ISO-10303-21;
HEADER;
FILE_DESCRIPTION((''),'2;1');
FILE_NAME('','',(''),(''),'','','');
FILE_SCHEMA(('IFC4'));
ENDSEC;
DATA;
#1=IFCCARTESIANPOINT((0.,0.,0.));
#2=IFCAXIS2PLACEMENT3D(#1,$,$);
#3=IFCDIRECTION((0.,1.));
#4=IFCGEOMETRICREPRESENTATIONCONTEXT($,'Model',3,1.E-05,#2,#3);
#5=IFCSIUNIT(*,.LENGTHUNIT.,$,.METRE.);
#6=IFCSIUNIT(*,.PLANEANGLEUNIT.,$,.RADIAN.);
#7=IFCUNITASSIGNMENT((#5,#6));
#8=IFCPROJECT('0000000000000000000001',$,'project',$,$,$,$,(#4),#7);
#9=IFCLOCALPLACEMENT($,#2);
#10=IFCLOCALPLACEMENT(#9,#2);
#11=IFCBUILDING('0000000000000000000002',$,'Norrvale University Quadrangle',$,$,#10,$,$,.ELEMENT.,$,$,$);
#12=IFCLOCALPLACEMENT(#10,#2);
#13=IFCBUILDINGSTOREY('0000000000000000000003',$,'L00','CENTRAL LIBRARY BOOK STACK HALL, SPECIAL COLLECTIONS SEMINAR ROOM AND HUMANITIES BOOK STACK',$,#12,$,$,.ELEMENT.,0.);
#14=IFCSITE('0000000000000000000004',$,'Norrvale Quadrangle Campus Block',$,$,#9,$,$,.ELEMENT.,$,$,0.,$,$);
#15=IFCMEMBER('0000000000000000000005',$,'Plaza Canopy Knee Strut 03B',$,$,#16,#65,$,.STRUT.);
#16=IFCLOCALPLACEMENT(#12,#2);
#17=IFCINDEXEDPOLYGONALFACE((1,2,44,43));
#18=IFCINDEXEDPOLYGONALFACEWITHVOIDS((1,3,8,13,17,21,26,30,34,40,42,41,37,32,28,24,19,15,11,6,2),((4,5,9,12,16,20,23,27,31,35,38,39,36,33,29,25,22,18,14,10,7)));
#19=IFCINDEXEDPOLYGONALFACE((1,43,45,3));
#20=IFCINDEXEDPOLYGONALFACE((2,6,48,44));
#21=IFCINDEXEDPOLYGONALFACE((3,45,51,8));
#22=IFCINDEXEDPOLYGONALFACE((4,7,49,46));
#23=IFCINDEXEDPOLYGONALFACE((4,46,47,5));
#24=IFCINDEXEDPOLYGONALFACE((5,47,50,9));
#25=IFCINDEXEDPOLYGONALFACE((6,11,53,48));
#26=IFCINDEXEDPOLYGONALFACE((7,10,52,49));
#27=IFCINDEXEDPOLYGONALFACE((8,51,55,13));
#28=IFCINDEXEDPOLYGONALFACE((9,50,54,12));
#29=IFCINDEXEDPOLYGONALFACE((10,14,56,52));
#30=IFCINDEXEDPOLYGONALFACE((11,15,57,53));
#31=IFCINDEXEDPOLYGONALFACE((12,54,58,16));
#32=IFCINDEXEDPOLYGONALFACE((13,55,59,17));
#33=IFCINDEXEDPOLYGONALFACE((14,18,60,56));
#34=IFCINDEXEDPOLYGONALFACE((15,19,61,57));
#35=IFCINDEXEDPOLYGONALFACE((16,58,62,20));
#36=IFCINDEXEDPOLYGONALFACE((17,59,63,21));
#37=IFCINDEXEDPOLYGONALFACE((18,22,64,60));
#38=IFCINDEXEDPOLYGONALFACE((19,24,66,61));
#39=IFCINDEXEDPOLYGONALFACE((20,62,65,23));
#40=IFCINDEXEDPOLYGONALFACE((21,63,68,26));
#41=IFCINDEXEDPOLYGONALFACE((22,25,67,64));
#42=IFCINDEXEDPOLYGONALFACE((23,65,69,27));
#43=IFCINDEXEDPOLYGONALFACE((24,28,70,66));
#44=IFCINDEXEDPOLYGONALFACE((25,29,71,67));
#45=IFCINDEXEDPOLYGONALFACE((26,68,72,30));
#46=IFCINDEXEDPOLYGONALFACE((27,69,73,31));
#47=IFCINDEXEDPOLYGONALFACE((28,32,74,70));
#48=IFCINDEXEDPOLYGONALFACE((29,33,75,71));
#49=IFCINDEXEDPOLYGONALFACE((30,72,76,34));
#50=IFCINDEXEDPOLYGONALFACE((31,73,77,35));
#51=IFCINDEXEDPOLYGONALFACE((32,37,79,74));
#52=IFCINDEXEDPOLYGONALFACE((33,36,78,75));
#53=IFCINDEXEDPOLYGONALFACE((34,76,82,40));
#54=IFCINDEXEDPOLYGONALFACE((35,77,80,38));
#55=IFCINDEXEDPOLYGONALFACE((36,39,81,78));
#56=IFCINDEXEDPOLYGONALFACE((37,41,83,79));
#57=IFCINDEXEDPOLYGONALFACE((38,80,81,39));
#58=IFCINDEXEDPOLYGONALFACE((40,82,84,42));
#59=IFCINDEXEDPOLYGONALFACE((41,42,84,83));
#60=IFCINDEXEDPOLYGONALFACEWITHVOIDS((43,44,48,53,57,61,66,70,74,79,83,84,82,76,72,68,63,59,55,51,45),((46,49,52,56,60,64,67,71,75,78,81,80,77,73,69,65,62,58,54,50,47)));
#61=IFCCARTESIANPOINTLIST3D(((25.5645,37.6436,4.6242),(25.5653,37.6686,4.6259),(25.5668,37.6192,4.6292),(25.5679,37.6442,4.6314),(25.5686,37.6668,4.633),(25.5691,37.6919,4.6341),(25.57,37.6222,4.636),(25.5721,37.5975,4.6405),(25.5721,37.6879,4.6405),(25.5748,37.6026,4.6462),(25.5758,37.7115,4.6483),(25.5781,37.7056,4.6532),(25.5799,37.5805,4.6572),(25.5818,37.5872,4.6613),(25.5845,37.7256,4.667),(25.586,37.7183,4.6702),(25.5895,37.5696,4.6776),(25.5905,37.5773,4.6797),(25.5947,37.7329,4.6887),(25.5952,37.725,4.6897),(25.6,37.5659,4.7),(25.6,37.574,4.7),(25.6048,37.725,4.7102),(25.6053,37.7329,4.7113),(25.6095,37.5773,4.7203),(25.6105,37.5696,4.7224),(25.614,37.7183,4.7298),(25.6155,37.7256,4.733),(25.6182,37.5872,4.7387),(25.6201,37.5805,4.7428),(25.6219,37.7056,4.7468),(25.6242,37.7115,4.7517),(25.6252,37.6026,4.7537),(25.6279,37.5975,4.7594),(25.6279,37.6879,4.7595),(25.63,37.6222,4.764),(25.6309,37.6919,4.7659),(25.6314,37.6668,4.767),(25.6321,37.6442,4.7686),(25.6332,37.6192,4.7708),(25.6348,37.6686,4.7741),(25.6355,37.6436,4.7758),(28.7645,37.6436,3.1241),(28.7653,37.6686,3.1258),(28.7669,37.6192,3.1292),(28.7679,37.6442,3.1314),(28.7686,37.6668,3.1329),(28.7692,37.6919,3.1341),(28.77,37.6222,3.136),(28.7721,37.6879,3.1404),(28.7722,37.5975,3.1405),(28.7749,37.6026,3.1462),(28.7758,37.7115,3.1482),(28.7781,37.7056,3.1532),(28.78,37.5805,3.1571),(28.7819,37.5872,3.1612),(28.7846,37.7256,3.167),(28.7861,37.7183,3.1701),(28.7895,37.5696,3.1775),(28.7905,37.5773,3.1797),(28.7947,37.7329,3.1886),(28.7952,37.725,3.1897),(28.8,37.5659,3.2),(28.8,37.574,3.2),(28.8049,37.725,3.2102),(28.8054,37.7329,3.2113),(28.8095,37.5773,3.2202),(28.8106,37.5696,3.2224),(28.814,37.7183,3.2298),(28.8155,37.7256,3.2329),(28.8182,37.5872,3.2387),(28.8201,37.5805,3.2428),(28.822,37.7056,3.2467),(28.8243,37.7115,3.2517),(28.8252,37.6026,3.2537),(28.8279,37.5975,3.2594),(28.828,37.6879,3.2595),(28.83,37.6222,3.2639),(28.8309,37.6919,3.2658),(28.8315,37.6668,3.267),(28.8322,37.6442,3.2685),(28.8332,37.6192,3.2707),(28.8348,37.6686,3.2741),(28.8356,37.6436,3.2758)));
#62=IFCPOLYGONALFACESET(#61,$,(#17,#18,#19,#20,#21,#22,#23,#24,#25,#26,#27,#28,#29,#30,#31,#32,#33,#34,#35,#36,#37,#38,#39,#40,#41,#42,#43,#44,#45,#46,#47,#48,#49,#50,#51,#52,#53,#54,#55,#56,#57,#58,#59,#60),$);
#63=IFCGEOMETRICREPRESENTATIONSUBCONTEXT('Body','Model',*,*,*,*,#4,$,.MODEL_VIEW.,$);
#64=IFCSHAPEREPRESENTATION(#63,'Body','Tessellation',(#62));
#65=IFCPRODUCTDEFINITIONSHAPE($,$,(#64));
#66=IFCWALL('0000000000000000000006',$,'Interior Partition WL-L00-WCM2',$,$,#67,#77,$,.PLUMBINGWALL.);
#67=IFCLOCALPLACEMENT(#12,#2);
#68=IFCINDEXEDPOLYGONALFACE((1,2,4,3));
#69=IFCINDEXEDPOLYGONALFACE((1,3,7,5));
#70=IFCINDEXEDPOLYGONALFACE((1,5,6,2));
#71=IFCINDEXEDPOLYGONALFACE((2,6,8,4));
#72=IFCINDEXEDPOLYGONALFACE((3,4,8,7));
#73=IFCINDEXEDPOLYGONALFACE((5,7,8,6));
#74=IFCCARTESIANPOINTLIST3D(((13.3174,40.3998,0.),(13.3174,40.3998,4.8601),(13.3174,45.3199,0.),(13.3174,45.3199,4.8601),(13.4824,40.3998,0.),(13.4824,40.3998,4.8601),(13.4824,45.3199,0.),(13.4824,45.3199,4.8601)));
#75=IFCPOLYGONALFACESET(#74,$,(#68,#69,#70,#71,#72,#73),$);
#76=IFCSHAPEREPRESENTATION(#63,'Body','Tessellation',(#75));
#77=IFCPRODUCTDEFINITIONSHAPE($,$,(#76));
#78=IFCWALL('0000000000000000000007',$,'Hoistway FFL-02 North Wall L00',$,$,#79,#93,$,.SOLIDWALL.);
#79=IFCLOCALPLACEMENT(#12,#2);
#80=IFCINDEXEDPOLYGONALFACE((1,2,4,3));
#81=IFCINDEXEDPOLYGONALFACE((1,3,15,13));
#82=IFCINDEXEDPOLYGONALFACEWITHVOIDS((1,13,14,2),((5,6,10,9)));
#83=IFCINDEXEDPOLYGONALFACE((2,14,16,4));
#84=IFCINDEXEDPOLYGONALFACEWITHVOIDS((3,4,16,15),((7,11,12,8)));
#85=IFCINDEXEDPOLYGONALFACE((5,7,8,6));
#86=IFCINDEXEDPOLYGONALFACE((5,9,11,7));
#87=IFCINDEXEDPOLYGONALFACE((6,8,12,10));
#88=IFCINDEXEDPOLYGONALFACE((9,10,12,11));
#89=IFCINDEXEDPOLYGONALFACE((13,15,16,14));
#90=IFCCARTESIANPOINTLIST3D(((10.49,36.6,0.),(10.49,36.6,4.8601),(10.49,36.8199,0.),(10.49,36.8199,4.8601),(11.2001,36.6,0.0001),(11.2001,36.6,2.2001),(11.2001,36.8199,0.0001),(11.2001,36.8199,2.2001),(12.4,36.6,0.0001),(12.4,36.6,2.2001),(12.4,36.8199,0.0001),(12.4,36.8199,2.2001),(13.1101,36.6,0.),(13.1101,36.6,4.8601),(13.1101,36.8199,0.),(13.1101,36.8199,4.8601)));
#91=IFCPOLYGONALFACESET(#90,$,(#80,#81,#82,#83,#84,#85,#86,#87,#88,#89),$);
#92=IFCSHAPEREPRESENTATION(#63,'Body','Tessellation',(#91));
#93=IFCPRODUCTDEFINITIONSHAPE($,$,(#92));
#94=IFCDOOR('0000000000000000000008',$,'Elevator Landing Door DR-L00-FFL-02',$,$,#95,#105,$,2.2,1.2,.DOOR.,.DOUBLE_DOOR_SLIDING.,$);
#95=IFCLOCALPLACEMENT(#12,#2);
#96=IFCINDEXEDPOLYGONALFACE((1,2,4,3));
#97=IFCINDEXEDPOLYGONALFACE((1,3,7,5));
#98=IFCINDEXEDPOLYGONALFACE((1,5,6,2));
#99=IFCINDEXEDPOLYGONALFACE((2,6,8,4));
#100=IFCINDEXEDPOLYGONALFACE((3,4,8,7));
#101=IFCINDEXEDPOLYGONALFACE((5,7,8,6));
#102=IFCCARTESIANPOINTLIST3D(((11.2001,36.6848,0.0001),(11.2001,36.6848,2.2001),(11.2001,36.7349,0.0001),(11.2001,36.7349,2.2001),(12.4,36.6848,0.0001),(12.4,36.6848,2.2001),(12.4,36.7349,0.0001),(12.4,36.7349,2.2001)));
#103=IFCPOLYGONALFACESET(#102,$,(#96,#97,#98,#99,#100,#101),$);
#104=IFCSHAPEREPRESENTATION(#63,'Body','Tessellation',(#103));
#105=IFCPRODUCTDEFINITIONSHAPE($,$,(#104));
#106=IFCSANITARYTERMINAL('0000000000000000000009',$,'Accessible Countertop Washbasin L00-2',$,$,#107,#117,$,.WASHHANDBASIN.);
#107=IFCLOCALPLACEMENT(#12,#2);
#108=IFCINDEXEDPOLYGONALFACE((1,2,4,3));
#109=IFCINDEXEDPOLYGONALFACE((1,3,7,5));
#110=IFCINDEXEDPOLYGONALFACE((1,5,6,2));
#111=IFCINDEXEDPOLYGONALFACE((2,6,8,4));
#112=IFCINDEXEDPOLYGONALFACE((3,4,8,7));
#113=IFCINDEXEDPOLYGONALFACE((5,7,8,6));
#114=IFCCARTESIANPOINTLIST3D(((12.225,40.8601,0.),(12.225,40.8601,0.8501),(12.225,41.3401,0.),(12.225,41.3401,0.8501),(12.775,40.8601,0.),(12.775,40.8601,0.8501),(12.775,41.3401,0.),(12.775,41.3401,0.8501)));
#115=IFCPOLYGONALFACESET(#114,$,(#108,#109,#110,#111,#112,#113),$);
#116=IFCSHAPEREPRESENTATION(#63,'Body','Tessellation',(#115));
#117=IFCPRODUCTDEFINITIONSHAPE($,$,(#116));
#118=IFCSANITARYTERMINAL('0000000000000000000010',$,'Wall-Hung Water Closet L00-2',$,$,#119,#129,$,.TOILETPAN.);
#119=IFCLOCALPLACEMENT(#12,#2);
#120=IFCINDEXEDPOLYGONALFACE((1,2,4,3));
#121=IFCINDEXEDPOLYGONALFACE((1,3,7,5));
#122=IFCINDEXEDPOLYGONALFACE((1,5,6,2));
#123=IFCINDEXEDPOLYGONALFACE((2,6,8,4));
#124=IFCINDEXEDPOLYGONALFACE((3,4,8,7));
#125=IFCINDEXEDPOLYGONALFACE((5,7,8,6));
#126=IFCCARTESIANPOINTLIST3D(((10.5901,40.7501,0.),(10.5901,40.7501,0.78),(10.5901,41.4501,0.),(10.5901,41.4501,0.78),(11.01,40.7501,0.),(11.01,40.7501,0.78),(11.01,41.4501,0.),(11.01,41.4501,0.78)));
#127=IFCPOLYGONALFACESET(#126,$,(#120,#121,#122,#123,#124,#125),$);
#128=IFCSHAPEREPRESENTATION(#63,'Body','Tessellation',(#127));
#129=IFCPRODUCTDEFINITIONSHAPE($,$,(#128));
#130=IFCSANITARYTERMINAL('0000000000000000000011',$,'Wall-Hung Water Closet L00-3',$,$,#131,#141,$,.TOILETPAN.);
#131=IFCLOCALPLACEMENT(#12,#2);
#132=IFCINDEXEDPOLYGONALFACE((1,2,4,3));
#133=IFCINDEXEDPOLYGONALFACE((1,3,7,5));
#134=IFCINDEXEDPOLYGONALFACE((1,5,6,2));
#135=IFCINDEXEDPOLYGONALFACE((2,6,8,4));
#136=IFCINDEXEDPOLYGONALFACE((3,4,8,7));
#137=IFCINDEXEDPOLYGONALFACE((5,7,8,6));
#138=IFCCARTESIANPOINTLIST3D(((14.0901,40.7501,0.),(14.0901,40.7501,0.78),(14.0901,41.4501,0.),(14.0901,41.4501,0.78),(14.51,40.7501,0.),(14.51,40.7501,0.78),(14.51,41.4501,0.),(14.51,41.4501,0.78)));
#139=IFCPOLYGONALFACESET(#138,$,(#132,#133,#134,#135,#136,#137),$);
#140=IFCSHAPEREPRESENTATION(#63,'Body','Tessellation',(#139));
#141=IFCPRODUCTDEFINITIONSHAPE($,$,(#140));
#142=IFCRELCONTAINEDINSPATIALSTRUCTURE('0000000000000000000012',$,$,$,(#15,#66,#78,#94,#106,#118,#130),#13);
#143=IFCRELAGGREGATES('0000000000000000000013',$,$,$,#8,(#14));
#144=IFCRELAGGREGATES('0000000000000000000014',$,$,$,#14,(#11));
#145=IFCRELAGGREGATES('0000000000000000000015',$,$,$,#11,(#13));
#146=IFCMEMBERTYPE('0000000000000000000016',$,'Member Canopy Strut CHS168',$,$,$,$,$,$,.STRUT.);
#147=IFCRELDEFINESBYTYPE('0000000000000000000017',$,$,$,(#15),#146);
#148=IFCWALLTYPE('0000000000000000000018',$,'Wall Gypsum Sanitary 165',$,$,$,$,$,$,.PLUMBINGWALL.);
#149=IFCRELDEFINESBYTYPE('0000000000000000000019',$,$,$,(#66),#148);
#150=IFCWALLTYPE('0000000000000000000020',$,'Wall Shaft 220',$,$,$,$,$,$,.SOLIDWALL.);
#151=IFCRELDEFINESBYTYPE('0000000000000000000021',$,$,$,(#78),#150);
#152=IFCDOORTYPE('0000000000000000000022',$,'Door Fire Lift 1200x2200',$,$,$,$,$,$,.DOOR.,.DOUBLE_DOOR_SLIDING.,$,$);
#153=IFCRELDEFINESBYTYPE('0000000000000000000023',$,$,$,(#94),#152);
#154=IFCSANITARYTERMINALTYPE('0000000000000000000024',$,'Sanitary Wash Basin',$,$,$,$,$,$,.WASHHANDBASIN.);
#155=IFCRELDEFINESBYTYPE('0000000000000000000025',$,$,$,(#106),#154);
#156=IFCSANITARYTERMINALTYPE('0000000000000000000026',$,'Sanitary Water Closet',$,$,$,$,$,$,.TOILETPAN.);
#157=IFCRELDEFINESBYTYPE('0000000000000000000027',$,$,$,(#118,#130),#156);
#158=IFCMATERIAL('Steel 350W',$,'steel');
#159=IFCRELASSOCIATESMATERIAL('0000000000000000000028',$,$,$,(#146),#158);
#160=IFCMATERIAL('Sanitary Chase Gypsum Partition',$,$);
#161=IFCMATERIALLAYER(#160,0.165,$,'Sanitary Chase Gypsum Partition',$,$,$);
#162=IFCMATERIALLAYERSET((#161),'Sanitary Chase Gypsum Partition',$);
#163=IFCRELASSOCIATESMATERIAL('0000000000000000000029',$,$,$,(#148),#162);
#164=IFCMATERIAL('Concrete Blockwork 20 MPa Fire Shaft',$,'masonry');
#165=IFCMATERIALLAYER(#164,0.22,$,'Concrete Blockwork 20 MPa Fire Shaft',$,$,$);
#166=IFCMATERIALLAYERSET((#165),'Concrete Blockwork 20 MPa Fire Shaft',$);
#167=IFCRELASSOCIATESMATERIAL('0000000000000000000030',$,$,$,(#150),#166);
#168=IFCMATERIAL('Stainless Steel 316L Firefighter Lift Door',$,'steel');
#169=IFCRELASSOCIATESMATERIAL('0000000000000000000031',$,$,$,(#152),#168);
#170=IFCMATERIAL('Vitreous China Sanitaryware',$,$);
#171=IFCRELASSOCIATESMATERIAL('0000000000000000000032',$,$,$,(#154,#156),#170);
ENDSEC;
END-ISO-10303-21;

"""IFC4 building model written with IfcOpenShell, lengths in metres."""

from ifc_helpers import new_model, si_unit, direction, frame, frame_2d, origin, origin_2d, place, context, subcontext, project, spatial, rectangle, hollow_circle, extrude, material, layer, layer_set, material_profile, profile_set, type_object, element, fill, save


model = new_model("IFC4")

# Units and contexts
model_context = context("Model", 3, precision=1e-05, world=origin(), true_north=direction((0.0, 1.0)))
body_context = subcontext(model_context, "Body", "Model", "MODEL_VIEW")
ifc_project = project(units=[si_unit("LENGTHUNIT", "METRE"), si_unit("PLANEANGLEUNIT", "RADIAN")], contexts=[model_context])

# Site, building, storey
site_placement = place(None, origin())
site = spatial("IfcSite", under=ifc_project, at=site_placement, Name="Norrvale Quadrangle Campus Block", CompositionType="ELEMENT", RefElevation=0.0)
building_placement = place(site_placement, origin())
building = spatial("IfcBuilding", under=site, at=building_placement, Name="Norrvale University Quadrangle", CompositionType="ELEMENT")
storey_placement = place(building_placement, origin())
storey = spatial("IfcBuildingStorey", under=building, at=storey_placement, Name="L00", Description="CENTRAL LIBRARY BOOK STACK HALL, SPECIAL COLLECTIONS SEMINAR ROOM AND HUMANITIES BOOK STACK", CompositionType="ELEMENT", Elevation=0.0)

# Shared definitions
ifc_material_1 = material(Name="Steel 350W", Category="steel")

# Member
ifc_material_profile_1 = material_profile(ifc_material_1, hollow_circle(Radius=0.084, WallThickness=0.0081, at=origin_2d()), Name="Steel 350W")
ifc_profile_set_1 = profile_set([ifc_material_profile_1], Name="Steel 350W")
member_type_1 = type_object("IfcMemberType", Name="Member Canopy Strut CHS168", PredefinedType="STRUT", material=ifc_profile_set_1)
for number, where, z_axis, x_axis, name in (
    (1, (28.8, 37.6499, 3.2), (-0.905456, 0.0, 0.424439), (0.0, -1.0, 0.0), "Plaza Canopy Knee Strut 03B"),
):
    element("IfcMember", number, at=place(storey_placement, frame(where, z_axis=z_axis, x_axis=x_axis)), inside=storey, type_object=member_type_1, Name=name, PredefinedType="STRUT", context=body_context, shape_type="SweptSolid", body=[
        extrude(hollow_circle(Radius=0.084, WallThickness=0.0081, at=origin_2d()), origin(), (0.0, 0.0, 1.0), 3.5342),
    ])

# Wall
ifc_material_2 = material(Name="Sanitary Chase Gypsum Partition")
ifc_layer_1 = layer(ifc_material_2, 0.165, Name="Sanitary Chase Gypsum Partition")
ifc_layer_set_1 = layer_set([ifc_layer_1], Name="Sanitary Chase Gypsum Partition")
wall_type_1 = type_object("IfcWallType", Name="Wall Gypsum Sanitary 165", PredefinedType="PLUMBINGWALL", material=ifc_layer_set_1)
wall_1_placement = place(storey_placement, frame((13.3999, 40.3999, 0.0), z_axis=(0.0, 0.0, 1.0), x_axis=(0.0, 1.0, 0.0)))
element("IfcWall", 2, at=wall_1_placement, inside=storey, type_object=wall_type_1, Name="Interior Partition WL-L00-WCM2", PredefinedType="PLUMBINGWALL", context=body_context, shape_type="SweptSolid", body=[
    extrude(rectangle(XDim=4.9202, YDim=0.165, at=frame_2d((2.46, 0.0))), origin(), (0.0, 0.0, 1.0), 4.8601),
])

# Wall, opening, door
ifc_material_3 = material(Name="Concrete Blockwork 20 MPa Fire Shaft", Category="masonry")
ifc_layer_2 = layer(ifc_material_3, 0.22, Name="Concrete Blockwork 20 MPa Fire Shaft")
ifc_layer_set_2 = layer_set([ifc_layer_2], Name="Concrete Blockwork 20 MPa Fire Shaft")
wall_type_2 = type_object("IfcWallType", Name="Wall Shaft 220", PredefinedType="SOLIDWALL", material=ifc_layer_set_2)
wall_2_placement = place(storey_placement, frame((10.49, 36.71, 0.0), z_axis=(0.0, 0.0, 1.0), x_axis=(1.0, 0.0, 0.0)))
wall_2 = element("IfcWall", 3, at=wall_2_placement, inside=storey, type_object=wall_type_2, Name="Hoistway FFL-02 North Wall L00", PredefinedType="SOLIDWALL", context=body_context, shape_type="SweptSolid", body=[
    extrude(rectangle(XDim=2.6201, YDim=0.22, at=frame_2d((1.3101, 0.0))), origin(), (0.0, 0.0, 1.0), 4.8601),
])
opening_placement = place(wall_2_placement, frame((0.71, 0.0, 0.0)))
opening = element("IfcOpeningElement", 4, at=opening_placement, cuts=wall_2, PredefinedType="OPENING", context=body_context, shape_type="SweptSolid", body=[
    extrude(rectangle(XDim=1.2, YDim=2.2, at=frame_2d((0.6001, 1.1001))), frame((0.0, 0.1221, 0.0), z_axis=(0.0, -1.0, 0.0), x_axis=(1.0, 0.0, 0.0)), (0.0, 0.0, 1.0), 0.2439),
])
ifc_material_4 = material(Name="Stainless Steel 316L Firefighter Lift Door", Category="steel")
door_type = type_object("IfcDoorType", Name="Door Fire Lift 1200x2200", OperationType="DOUBLE_DOOR_SLIDING", PredefinedType="DOOR", material=ifc_material_4)
door_placement = place(opening_placement, origin())
door = element("IfcDoor", 5, at=door_placement, inside=storey, type_object=door_type, Name="Elevator Landing Door DR-L00-FFL-02", OperationType="DOUBLE_DOOR_SLIDING", OverallHeight=2.2, OverallWidth=1.2, PredefinedType="DOOR", context=body_context, shape_type="SweptSolid", body=[
    extrude(rectangle(XDim=1.2, YDim=2.2, at=frame_2d((0.6001, 1.1001))), frame((0.0, 0.0249, 0.0), z_axis=(0.0, -1.0, 0.0), x_axis=(1.0, 0.0, 0.0)), (0.0, 0.0, 1.0), 0.05),
])
fill(opening, door)

# Sanitary terminals
ifc_material_5 = material(Name="Vitreous China Sanitaryware")
sanitary_terminal_type_1 = type_object("IfcSanitaryTerminalType", Name="Sanitary Wash Basin", PredefinedType="WASHHANDBASIN", material=ifc_material_5)
sanitary_terminal_placement = place(storey_placement, frame((12.5, 41.1001, 0.0), z_axis=(0.0, 0.0, 1.0), x_axis=(1.0, 0.0, 0.0)))
element("IfcSanitaryTerminal", 6, at=sanitary_terminal_placement, inside=storey, type_object=sanitary_terminal_type_1, Name="Accessible Countertop Washbasin L00-2", PredefinedType="WASHHANDBASIN", context=body_context, shape_type="SweptSolid", body=[
    extrude(rectangle(XDim=0.55, YDim=0.48, at=origin_2d()), origin(), (0.0, 0.0, 1.0), 0.8501),
])
sanitary_terminal_type_2 = type_object("IfcSanitaryTerminalType", Name="Sanitary Water Closet", PredefinedType="TOILETPAN", material=ifc_material_5)
for number, where, z_axis, x_axis, name in (
    (7, (10.8, 41.1001, 0.0), (0.0, 0.0, 1.0), (1.0, 0.0, 0.0), "Wall-Hung Water Closet L00-2"),
    (8, (14.3, 41.1001, 0.0), (0.0, 0.0, 1.0), (1.0, 0.0, 0.0), "Wall-Hung Water Closet L00-3"),
):
    element("IfcSanitaryTerminal", number, at=place(storey_placement, frame(where, z_axis=z_axis, x_axis=x_axis)), inside=storey, type_object=sanitary_terminal_type_2, Name=name, PredefinedType="TOILETPAN", context=body_context, shape_type="SweptSolid", body=[
        extrude(rectangle(XDim=0.4199, YDim=0.7, at=origin_2d()), origin(), (0.0, 0.0, 1.0), 0.78),
    ])

save(model, "model.ifc")
